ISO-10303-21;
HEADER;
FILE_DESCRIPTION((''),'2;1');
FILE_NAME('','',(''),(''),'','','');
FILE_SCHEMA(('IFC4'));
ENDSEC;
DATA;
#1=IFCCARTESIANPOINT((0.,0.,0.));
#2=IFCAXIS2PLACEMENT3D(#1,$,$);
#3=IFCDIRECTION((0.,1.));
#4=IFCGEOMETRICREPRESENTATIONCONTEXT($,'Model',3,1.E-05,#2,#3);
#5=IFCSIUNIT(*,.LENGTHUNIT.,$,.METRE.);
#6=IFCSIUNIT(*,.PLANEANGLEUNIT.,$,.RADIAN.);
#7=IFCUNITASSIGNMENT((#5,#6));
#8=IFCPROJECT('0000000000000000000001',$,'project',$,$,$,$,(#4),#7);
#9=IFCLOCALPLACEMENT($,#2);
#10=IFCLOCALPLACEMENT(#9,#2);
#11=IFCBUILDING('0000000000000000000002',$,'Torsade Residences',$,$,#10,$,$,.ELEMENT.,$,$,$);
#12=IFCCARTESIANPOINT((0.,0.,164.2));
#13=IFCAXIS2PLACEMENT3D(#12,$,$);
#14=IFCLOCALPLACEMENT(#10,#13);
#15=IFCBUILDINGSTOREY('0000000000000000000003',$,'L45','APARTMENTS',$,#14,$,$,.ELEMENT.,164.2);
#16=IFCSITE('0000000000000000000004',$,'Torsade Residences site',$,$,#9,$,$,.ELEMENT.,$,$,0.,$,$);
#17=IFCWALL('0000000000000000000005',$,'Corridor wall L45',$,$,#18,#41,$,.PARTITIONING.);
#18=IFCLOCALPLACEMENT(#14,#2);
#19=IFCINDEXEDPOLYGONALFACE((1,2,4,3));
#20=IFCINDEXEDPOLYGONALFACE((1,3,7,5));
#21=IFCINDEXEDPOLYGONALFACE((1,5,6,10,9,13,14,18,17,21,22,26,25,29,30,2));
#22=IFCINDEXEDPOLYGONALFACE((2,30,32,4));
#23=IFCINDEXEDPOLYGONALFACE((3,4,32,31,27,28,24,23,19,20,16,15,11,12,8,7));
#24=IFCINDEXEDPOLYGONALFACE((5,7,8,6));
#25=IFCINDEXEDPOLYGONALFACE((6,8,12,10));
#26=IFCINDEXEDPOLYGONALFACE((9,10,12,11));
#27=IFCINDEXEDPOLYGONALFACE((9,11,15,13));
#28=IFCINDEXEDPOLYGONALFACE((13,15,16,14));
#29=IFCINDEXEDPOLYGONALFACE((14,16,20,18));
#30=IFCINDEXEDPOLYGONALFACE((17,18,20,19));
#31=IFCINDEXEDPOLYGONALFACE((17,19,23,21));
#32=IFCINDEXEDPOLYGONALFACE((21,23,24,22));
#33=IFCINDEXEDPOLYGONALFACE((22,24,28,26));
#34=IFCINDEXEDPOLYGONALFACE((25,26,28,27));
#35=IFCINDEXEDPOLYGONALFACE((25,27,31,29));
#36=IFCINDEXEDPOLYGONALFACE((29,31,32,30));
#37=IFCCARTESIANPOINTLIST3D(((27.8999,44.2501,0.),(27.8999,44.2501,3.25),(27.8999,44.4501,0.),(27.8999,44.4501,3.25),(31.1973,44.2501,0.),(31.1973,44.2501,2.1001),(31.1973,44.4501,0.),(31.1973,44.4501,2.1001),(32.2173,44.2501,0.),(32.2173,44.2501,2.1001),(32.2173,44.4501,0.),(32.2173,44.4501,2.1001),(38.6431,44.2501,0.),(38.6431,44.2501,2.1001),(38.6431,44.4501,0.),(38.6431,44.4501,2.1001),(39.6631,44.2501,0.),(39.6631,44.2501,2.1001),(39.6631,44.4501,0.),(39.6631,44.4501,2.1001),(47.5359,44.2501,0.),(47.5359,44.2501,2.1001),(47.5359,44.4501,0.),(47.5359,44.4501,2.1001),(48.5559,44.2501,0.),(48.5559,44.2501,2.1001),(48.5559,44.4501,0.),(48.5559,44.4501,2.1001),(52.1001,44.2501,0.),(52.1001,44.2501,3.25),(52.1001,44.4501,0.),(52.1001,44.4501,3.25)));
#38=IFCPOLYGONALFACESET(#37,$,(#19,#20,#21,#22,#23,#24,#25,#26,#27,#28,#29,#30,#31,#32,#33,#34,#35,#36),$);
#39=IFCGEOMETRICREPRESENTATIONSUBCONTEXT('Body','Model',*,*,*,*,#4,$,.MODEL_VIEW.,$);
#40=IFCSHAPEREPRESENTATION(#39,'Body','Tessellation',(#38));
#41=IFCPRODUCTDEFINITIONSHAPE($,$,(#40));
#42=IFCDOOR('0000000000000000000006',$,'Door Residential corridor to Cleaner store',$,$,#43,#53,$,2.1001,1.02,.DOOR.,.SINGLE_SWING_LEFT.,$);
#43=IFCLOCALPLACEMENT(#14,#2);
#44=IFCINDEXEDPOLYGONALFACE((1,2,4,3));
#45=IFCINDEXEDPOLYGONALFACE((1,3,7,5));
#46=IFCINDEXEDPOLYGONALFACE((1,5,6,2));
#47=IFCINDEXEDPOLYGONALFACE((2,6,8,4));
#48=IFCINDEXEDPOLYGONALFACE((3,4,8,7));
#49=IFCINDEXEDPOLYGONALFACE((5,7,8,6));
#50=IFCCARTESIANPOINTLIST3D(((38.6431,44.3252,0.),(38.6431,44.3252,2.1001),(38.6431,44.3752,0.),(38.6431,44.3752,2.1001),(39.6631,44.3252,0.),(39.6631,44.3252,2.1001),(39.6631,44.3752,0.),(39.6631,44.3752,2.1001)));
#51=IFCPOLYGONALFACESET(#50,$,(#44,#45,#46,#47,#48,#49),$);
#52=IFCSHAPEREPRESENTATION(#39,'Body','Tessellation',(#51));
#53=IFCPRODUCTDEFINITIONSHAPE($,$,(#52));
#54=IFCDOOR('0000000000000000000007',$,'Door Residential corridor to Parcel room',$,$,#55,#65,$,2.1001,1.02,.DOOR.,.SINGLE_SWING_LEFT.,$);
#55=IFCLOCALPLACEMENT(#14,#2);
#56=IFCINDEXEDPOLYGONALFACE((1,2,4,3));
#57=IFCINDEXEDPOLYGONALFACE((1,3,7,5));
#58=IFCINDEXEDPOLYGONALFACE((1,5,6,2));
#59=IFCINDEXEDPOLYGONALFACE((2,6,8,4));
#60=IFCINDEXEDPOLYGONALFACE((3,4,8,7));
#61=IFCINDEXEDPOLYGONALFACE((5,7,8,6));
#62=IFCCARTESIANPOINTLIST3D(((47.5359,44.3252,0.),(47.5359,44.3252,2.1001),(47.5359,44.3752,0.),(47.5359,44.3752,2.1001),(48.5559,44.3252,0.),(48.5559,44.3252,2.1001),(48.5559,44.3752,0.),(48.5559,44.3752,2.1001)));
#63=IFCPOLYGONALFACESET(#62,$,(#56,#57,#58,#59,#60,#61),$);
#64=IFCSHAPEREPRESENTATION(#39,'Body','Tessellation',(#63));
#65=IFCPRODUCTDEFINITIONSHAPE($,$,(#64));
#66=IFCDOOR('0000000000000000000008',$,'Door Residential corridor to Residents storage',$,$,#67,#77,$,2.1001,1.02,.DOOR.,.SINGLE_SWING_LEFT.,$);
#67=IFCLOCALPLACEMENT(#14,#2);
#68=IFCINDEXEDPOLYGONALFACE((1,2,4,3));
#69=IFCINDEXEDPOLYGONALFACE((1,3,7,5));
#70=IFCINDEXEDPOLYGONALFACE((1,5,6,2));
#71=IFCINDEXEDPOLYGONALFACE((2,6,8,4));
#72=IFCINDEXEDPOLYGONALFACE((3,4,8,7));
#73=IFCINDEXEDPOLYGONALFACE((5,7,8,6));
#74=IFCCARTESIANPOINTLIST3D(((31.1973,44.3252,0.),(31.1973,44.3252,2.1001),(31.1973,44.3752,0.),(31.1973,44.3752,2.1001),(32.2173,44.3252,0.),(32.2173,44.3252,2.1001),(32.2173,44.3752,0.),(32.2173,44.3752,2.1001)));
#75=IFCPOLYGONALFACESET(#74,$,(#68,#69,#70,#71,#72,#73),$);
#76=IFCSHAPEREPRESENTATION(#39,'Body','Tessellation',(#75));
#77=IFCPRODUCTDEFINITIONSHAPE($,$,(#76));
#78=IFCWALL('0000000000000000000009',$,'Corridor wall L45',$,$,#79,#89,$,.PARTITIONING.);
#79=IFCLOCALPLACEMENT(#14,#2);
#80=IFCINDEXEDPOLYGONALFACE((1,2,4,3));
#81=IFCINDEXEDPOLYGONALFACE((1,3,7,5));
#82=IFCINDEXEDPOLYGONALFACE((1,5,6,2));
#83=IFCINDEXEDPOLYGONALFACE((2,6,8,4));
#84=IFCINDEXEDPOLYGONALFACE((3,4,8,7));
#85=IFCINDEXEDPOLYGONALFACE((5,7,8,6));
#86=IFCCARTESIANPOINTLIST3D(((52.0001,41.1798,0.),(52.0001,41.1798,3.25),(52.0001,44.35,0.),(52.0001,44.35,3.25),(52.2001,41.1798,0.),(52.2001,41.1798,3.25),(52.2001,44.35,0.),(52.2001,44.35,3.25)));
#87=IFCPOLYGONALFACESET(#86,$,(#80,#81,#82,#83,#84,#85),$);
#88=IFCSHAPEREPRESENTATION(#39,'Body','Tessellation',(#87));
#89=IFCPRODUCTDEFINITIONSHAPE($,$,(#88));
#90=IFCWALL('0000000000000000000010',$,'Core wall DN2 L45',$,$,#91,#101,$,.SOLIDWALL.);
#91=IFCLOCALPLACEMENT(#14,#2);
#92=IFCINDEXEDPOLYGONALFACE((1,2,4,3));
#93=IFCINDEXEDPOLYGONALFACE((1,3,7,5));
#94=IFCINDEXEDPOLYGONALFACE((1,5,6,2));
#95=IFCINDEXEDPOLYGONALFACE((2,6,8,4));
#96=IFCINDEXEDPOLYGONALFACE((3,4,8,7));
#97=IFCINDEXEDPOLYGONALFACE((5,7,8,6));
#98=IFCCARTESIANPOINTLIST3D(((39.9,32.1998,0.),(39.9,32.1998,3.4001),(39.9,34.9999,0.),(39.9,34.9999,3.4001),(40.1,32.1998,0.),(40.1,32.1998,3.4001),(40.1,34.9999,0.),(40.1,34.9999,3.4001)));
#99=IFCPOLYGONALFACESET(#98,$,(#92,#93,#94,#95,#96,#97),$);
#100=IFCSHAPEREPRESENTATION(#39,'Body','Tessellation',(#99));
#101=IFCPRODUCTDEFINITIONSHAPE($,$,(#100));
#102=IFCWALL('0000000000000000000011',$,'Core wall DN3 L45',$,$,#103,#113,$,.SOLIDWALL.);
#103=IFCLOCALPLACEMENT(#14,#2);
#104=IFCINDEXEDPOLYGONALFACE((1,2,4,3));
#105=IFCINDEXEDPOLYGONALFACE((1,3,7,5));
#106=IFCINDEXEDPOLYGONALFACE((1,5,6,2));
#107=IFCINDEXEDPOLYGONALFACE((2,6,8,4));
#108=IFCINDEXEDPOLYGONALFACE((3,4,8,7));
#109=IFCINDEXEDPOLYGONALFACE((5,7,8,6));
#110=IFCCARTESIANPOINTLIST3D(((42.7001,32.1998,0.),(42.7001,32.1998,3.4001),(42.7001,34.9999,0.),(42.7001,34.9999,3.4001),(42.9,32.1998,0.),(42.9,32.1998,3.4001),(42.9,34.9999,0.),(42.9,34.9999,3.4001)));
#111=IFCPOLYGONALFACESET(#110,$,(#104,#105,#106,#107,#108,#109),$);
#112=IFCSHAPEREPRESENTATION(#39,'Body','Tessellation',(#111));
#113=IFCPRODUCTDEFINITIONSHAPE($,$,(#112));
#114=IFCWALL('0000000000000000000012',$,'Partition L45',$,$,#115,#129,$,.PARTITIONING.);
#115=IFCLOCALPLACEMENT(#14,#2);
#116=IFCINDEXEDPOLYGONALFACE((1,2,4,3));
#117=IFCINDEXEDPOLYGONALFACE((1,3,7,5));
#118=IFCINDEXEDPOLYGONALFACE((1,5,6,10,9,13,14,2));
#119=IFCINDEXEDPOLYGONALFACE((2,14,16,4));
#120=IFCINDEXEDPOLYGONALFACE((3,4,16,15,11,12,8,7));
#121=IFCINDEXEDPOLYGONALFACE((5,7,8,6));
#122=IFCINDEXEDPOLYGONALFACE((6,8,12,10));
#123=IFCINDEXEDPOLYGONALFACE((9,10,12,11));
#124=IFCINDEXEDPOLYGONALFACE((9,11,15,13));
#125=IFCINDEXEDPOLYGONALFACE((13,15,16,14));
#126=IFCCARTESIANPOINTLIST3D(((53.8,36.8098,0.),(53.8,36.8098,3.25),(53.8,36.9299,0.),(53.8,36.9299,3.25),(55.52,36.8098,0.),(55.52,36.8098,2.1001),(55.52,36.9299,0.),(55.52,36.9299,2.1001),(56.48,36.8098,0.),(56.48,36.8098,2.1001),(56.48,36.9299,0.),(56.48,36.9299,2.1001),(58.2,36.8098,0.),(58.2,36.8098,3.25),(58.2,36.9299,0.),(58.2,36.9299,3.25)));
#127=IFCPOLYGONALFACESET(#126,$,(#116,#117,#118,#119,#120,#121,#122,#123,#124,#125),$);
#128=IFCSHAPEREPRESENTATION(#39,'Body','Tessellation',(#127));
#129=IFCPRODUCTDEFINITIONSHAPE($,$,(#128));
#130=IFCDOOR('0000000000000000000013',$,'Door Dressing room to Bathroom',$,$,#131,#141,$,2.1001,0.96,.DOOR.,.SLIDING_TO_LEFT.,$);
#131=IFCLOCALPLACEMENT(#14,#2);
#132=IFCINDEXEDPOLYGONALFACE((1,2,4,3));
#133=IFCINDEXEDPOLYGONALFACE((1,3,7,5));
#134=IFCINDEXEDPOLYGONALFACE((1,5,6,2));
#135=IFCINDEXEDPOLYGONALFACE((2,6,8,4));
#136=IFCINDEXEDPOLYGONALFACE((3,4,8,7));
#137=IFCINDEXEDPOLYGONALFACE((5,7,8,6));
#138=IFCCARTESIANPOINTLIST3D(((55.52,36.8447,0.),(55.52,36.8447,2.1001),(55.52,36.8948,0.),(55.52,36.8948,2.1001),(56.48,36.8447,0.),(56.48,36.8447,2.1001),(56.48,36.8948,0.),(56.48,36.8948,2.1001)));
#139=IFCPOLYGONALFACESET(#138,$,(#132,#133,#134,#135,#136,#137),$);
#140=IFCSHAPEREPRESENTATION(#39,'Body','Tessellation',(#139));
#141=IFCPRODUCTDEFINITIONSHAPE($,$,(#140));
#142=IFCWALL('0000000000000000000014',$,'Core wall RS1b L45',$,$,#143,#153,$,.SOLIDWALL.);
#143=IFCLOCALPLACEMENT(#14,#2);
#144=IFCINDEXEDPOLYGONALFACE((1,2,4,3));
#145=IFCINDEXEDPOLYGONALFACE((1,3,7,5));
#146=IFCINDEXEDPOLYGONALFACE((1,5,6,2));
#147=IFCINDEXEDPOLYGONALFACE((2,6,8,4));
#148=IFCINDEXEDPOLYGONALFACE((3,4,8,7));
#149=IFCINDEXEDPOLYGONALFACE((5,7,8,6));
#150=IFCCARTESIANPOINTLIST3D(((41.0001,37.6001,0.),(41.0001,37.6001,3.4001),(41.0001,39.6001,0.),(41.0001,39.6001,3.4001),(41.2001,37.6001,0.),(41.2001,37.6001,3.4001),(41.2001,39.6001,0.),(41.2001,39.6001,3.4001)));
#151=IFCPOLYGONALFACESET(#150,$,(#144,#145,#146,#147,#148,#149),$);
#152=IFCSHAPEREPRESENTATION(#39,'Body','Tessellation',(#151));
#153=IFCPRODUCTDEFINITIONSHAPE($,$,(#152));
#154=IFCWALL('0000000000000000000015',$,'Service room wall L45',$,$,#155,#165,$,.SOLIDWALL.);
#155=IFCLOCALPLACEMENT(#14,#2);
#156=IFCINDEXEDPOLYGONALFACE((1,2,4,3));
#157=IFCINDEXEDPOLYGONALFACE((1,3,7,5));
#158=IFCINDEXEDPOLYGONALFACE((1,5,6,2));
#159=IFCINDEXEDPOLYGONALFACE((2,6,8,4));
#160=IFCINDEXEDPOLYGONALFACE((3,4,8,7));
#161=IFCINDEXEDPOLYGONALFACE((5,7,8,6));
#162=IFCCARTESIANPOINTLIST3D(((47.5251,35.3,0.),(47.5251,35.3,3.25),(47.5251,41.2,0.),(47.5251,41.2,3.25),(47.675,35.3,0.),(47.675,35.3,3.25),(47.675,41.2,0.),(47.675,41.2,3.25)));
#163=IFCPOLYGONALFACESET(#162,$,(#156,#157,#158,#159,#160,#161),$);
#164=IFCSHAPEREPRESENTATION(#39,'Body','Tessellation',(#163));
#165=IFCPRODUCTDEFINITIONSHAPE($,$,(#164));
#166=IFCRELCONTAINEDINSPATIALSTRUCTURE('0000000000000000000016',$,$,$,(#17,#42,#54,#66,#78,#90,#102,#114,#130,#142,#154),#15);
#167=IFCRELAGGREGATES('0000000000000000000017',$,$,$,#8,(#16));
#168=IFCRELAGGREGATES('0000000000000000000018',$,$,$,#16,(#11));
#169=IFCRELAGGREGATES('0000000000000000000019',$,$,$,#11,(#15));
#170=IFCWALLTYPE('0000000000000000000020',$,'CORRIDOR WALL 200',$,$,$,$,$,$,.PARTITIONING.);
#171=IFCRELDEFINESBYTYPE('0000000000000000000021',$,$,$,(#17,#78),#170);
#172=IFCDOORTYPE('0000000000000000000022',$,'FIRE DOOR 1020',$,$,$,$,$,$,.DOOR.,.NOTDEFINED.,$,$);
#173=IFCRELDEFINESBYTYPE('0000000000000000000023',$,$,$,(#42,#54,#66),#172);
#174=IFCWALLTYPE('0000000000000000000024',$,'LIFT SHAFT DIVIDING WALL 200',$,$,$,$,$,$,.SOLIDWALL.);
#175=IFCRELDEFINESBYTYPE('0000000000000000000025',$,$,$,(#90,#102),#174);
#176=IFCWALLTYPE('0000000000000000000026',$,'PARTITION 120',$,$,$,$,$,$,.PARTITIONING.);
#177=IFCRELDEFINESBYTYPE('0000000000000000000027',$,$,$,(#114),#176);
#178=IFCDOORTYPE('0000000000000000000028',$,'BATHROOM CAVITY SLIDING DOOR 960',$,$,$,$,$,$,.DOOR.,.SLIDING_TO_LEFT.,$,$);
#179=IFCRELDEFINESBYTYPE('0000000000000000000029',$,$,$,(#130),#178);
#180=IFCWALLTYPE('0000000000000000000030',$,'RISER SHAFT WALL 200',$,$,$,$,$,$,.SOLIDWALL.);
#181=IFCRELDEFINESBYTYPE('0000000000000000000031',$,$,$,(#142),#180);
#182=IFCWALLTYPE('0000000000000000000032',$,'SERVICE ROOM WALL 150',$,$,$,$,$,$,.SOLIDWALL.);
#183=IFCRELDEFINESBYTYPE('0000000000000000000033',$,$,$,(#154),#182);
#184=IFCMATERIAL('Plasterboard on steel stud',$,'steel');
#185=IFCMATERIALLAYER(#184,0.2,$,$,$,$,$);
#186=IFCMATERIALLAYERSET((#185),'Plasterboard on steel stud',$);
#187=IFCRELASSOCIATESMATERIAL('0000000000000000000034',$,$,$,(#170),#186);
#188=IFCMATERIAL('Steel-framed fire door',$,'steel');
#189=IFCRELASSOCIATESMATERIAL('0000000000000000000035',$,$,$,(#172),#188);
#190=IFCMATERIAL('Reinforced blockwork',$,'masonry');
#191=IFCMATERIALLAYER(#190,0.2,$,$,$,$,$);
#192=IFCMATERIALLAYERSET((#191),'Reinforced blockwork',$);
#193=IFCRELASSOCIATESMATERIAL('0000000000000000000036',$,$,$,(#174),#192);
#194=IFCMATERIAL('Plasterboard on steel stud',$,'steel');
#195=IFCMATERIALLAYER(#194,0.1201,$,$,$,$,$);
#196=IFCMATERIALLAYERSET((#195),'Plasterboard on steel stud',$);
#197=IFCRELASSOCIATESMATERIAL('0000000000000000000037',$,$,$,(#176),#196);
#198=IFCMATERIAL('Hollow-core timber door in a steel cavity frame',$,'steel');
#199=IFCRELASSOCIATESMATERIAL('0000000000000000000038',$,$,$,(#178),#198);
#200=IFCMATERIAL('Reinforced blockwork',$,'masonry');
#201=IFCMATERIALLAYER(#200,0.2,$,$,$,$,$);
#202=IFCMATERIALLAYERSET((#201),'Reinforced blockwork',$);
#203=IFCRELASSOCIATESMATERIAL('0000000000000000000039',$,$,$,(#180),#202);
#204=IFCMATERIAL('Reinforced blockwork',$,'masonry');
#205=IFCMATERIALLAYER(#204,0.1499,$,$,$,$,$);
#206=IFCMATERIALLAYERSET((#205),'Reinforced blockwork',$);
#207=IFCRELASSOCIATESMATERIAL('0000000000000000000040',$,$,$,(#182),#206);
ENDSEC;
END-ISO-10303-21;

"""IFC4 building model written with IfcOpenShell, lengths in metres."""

from ifc_helpers import new_model, si_unit, direction, frame, frame_2d, origin, place, context, subcontext, project, spatial, rectangle, extrude, material, layer, layer_set, type_object, element, fill, save


model = new_model("IFC4")

# Units and contexts
model_context = context("Model", 3, precision=1e-05, world=origin(), true_north=direction((0.0, 1.0)))
body_context = subcontext(model_context, "Body", "Model", "MODEL_VIEW")
ifc_project = project(units=[si_unit("LENGTHUNIT", "METRE"), si_unit("PLANEANGLEUNIT", "RADIAN")], contexts=[model_context])

# Site, building, storey
site_placement = place(None, origin())
site = spatial("IfcSite", under=ifc_project, at=site_placement, Name="Torsade Residences site", CompositionType="ELEMENT", RefElevation=0.0)
building_placement = place(site_placement, origin())
building = spatial("IfcBuilding", under=site, at=building_placement, Name="Torsade Residences", CompositionType="ELEMENT")
storey_placement = place(building_placement, frame((0.0, 0.0, 164.2)))
storey = spatial("IfcBuildingStorey", under=building, at=storey_placement, Name="L45", Description="APARTMENTS", CompositionType="ELEMENT", Elevation=164.2)

# Shared definitions
ifc_material_1 = material(Name="Plasterboard on steel stud", Category="steel")
ifc_layer_1 = layer(ifc_material_1, 0.2)
ifc_layer_set_1 = layer_set([ifc_layer_1], Name="Plasterboard on steel stud")
wall_type_1 = type_object("IfcWallType", Name="CORRIDOR WALL 200", PredefinedType="PARTITIONING", material=ifc_layer_set_1)

# Wall, openings, doors
wall_1_placement = place(storey_placement, frame((52.1001, 44.3501, 0.0), z_axis=(0.0, 0.0, 1.0), x_axis=(-1.0, 0.0, 0.0)))
wall_1 = element("IfcWall", 1, at=wall_1_placement, inside=storey, type_object=wall_type_1, Name="Corridor wall L45", PredefinedType="PARTITIONING", context=body_context, shape_type="SweptSolid", body=[
    extrude(rectangle(XDim=24.2002, YDim=0.2, at=frame_2d((12.1001, 0.0))), origin(), (0.0, 0.0, 1.0), 3.25),
])
opening_1_placement = place(wall_1_placement, frame((12.437, 0.0, 0.0)))
opening_1 = element("IfcOpeningElement", 2, at=opening_1_placement, cuts=wall_1, PredefinedType="OPENING", context=body_context, shape_type="SweptSolid", body=[
    extrude(rectangle(XDim=1.02, YDim=2.1001, at=frame_2d((0.51, 1.05))), frame((0.0, 0.1099, 0.0), z_axis=(0.0, -1.0, 0.0), x_axis=(1.0, 0.0, 0.0)), (0.0, 0.0, 1.0), 0.22),
])
opening_2_placement = place(wall_1_placement, frame((3.5442, 0.0, 0.0)))
opening_2 = element("IfcOpeningElement", 3, at=opening_2_placement, cuts=wall_1, PredefinedType="OPENING", context=body_context, shape_type="SweptSolid", body=[
    extrude(rectangle(XDim=1.02, YDim=2.1001, at=frame_2d((0.51, 1.05))), frame((0.0, 0.1099, 0.0), z_axis=(0.0, -1.0, 0.0), x_axis=(1.0, 0.0, 0.0)), (0.0, 0.0, 1.0), 0.22),
])
opening_3_placement = place(wall_1_placement, frame((19.8828, 0.0, 0.0)))
opening_3 = element("IfcOpeningElement", 4, at=opening_3_placement, cuts=wall_1, PredefinedType="OPENING", context=body_context, shape_type="SweptSolid", body=[
    extrude(rectangle(XDim=1.02, YDim=2.1001, at=frame_2d((0.51, 1.05))), frame((0.0, 0.1099, 0.0), z_axis=(0.0, -1.0, 0.0), x_axis=(1.0, 0.0, 0.0)), (0.0, 0.0, 1.0), 0.22),
])
ifc_material_2 = material(Name="Steel-framed fire door", Category="steel")
door_type_1 = type_object("IfcDoorType", Name="FIRE DOOR 1020", OperationType="NOTDEFINED", PredefinedType="DOOR", material=ifc_material_2)
door_1_placement = place(opening_1_placement, origin())
door_1 = element("IfcDoor", 5, at=door_1_placement, inside=storey, type_object=door_type_1, Name="Door Residential corridor to Cleaner store", OperationType="SINGLE_SWING_LEFT", OverallHeight=2.1001, OverallWidth=1.02, PredefinedType="DOOR", context=body_context, shape_type="SweptSolid", body=[
    extrude(rectangle(XDim=1.02, YDim=2.1001, at=frame_2d((0.51, 1.05))), frame((0.0, 0.0249, 0.0), z_axis=(0.0, -1.0, 0.0), x_axis=(1.0, 0.0, 0.0)), (0.0, 0.0, 1.0), 0.05),
])
fill(opening_1, door_1)
door_2_placement = place(opening_2_placement, origin())
door_2 = element("IfcDoor", 6, at=door_2_placement, inside=storey, type_object=door_type_1, Name="Door Residential corridor to Parcel room", OperationType="SINGLE_SWING_LEFT", OverallHeight=2.1001, OverallWidth=1.02, PredefinedType="DOOR", context=body_context, shape_type="SweptSolid", body=[
    extrude(rectangle(XDim=1.02, YDim=2.1001, at=frame_2d((0.51, 1.05))), frame((0.0, 0.0249, 0.0), z_axis=(0.0, -1.0, 0.0), x_axis=(1.0, 0.0, 0.0)), (0.0, 0.0, 1.0), 0.05),
])
fill(opening_2, door_2)
door_3_placement = place(opening_3_placement, origin())
door_3 = element("IfcDoor", 7, at=door_3_placement, inside=storey, type_object=door_type_1, Name="Door Residential corridor to Residents storage", OperationType="SINGLE_SWING_LEFT", OverallHeight=2.1001, OverallWidth=1.02, PredefinedType="DOOR", context=body_context, shape_type="SweptSolid", body=[
    extrude(rectangle(XDim=1.02, YDim=2.1001, at=frame_2d((0.51, 1.05))), frame((0.0, 0.0249, 0.0), z_axis=(0.0, -1.0, 0.0), x_axis=(1.0, 0.0, 0.0)), (0.0, 0.0, 1.0), 0.05),
])
fill(opening_3, door_3)

# Walls
wall_2_placement = place(storey_placement, frame((52.1001, 41.1799, 0.0), z_axis=(0.0, 0.0, 1.0), x_axis=(0.0, 1.0, 0.0)))
element("IfcWall", 8, at=wall_2_placement, inside=storey, type_object=wall_type_1, Name="Corridor wall L45", PredefinedType="PARTITIONING", context=body_context, shape_type="SweptSolid", body=[
    extrude(rectangle(XDim=3.1702, YDim=0.2, at=frame_2d((1.585, 0.0))), origin(), (0.0, 0.0, 1.0), 3.25),
])
ifc_material_3 = material(Name="Reinforced blockwork", Category="masonry")
ifc_layer_2 = layer(ifc_material_3, 0.2)
ifc_layer_set_2 = layer_set([ifc_layer_2], Name="Reinforced blockwork")
wall_type_2 = type_object("IfcWallType", Name="LIFT SHAFT DIVIDING WALL 200", PredefinedType="SOLIDWALL", material=ifc_layer_set_2)
for number, where, z_axis, x_axis, name in (
    (9, (40.0, 32.2, 0.0), (0.0, 0.0, 1.0), (0.0, 1.0, 0.0), "Core wall DN2 L45"),
    (10, (42.8, 32.2, 0.0), (0.0, 0.0, 1.0), (0.0, 1.0, 0.0), "Core wall DN3 L45"),
):
    element("IfcWall", number, at=place(storey_placement, frame(where, z_axis=z_axis, x_axis=x_axis)), inside=storey, type_object=wall_type_2, Name=name, PredefinedType="SOLIDWALL", context=body_context, shape_type="SweptSolid", body=[
        extrude(rectangle(XDim=2.8, YDim=0.2, at=frame_2d((1.3999, 0.0))), origin(), (0.0, 0.0, 1.0), 3.4001),
    ])

# Wall, opening, door
ifc_material_4 = material(Name="Plasterboard on steel stud", Category="steel")
ifc_layer_3 = layer(ifc_material_4, 0.1201)
ifc_layer_set_3 = layer_set([ifc_layer_3], Name="Plasterboard on steel stud")
wall_type_3 = type_object("IfcWallType", Name="PARTITION 120", PredefinedType="PARTITIONING", material=ifc_layer_set_3)
wall_3_placement = place(storey_placement, frame((53.8, 36.8699, 0.0), z_axis=(0.0, 0.0, 1.0), x_axis=(1.0, 0.0, 0.0)))
wall_3 = element("IfcWall", 11, at=wall_3_placement, inside=storey, type_object=wall_type_3, Name="Partition L45", PredefinedType="PARTITIONING", context=body_context, shape_type="SweptSolid", body=[
    extrude(rectangle(XDim=4.3999, YDim=0.1201, at=frame_2d((2.2, 0.0))), origin(), (0.0, 0.0, 1.0), 3.25),
])
opening_4_placement = place(wall_3_placement, frame((1.72, 0.0, 0.0)))
opening_4 = element("IfcOpeningElement", 12, at=opening_4_placement, cuts=wall_3, PredefinedType="OPENING", context=body_context, shape_type="SweptSolid", body=[
    extrude(rectangle(XDim=0.96, YDim=2.1001, at=frame_2d((0.48, 1.05))), frame((0.0, 0.0701, 0.0), z_axis=(0.0, -1.0, 0.0), x_axis=(1.0, 0.0, 0.0)), (0.0, 0.0, 1.0), 0.1401),
])
ifc_material_5 = material(Name="Hollow-core timber door in a steel cavity frame", Category="steel")
door_type_2 = type_object("IfcDoorType", Name="BATHROOM CAVITY SLIDING DOOR 960", OperationType="SLIDING_TO_LEFT", PredefinedType="DOOR", material=ifc_material_5)
door_4_placement = place(opening_4_placement, origin())
door_4 = element("IfcDoor", 13, at=door_4_placement, inside=storey, type_object=door_type_2, Name="Door Dressing room to Bathroom", OperationType="SLIDING_TO_LEFT", OverallHeight=2.1001, OverallWidth=0.96, PredefinedType="DOOR", context=body_context, shape_type="SweptSolid", body=[
    extrude(rectangle(XDim=0.96, YDim=2.1001, at=frame_2d((0.48, 1.05))), frame((0.0, 0.0249, 0.0), z_axis=(0.0, -1.0, 0.0), x_axis=(1.0, 0.0, 0.0)), (0.0, 0.0, 1.0), 0.05),
])
fill(opening_4, door_4)

# Walls
ifc_material_6 = material(Name="Reinforced blockwork", Category="masonry")
ifc_layer_4 = layer(ifc_material_6, 0.2)
ifc_layer_set_4 = layer_set([ifc_layer_4], Name="Reinforced blockwork")
wall_type_4 = type_object("IfcWallType", Name="RISER SHAFT WALL 200", PredefinedType="SOLIDWALL", material=ifc_layer_set_4)
wall_4_placement = place(storey_placement, frame((41.1001, 37.6001, 0.0), z_axis=(0.0, 0.0, 1.0), x_axis=(0.0, 1.0, 0.0)))
element("IfcWall", 14, at=wall_4_placement, inside=storey, type_object=wall_type_4, Name="Core wall RS1b L45", PredefinedType="SOLIDWALL", context=body_context, shape_type="SweptSolid", body=[
    extrude(rectangle(XDim=2.0, YDim=0.2, at=frame_2d((1.0, 0.0))), origin(), (0.0, 0.0, 1.0), 3.4001),
])
ifc_material_7 = material(Name="Reinforced blockwork", Category="masonry")
ifc_layer_5 = layer(ifc_material_7, 0.1499)
ifc_layer_set_5 = layer_set([ifc_layer_5], Name="Reinforced blockwork")
wall_type_5 = type_object("IfcWallType", Name="SERVICE ROOM WALL 150", PredefinedType="SOLIDWALL", material=ifc_layer_set_5)
wall_5_placement = place(storey_placement, frame((47.6001, 41.2, 0.0), z_axis=(0.0, 0.0, 1.0), x_axis=(0.0, -1.0, 0.0)))
element("IfcWall", 15, at=wall_5_placement, inside=storey, type_object=wall_type_5, Name="Service room wall L45", PredefinedType="SOLIDWALL", context=body_context, shape_type="SweptSolid", body=[
    extrude(rectangle(XDim=5.8999, YDim=0.1499, at=frame_2d((2.95, 0.0))), origin(), (0.0, 0.0, 1.0), 3.25),
])

save(model, "model.ifc")
